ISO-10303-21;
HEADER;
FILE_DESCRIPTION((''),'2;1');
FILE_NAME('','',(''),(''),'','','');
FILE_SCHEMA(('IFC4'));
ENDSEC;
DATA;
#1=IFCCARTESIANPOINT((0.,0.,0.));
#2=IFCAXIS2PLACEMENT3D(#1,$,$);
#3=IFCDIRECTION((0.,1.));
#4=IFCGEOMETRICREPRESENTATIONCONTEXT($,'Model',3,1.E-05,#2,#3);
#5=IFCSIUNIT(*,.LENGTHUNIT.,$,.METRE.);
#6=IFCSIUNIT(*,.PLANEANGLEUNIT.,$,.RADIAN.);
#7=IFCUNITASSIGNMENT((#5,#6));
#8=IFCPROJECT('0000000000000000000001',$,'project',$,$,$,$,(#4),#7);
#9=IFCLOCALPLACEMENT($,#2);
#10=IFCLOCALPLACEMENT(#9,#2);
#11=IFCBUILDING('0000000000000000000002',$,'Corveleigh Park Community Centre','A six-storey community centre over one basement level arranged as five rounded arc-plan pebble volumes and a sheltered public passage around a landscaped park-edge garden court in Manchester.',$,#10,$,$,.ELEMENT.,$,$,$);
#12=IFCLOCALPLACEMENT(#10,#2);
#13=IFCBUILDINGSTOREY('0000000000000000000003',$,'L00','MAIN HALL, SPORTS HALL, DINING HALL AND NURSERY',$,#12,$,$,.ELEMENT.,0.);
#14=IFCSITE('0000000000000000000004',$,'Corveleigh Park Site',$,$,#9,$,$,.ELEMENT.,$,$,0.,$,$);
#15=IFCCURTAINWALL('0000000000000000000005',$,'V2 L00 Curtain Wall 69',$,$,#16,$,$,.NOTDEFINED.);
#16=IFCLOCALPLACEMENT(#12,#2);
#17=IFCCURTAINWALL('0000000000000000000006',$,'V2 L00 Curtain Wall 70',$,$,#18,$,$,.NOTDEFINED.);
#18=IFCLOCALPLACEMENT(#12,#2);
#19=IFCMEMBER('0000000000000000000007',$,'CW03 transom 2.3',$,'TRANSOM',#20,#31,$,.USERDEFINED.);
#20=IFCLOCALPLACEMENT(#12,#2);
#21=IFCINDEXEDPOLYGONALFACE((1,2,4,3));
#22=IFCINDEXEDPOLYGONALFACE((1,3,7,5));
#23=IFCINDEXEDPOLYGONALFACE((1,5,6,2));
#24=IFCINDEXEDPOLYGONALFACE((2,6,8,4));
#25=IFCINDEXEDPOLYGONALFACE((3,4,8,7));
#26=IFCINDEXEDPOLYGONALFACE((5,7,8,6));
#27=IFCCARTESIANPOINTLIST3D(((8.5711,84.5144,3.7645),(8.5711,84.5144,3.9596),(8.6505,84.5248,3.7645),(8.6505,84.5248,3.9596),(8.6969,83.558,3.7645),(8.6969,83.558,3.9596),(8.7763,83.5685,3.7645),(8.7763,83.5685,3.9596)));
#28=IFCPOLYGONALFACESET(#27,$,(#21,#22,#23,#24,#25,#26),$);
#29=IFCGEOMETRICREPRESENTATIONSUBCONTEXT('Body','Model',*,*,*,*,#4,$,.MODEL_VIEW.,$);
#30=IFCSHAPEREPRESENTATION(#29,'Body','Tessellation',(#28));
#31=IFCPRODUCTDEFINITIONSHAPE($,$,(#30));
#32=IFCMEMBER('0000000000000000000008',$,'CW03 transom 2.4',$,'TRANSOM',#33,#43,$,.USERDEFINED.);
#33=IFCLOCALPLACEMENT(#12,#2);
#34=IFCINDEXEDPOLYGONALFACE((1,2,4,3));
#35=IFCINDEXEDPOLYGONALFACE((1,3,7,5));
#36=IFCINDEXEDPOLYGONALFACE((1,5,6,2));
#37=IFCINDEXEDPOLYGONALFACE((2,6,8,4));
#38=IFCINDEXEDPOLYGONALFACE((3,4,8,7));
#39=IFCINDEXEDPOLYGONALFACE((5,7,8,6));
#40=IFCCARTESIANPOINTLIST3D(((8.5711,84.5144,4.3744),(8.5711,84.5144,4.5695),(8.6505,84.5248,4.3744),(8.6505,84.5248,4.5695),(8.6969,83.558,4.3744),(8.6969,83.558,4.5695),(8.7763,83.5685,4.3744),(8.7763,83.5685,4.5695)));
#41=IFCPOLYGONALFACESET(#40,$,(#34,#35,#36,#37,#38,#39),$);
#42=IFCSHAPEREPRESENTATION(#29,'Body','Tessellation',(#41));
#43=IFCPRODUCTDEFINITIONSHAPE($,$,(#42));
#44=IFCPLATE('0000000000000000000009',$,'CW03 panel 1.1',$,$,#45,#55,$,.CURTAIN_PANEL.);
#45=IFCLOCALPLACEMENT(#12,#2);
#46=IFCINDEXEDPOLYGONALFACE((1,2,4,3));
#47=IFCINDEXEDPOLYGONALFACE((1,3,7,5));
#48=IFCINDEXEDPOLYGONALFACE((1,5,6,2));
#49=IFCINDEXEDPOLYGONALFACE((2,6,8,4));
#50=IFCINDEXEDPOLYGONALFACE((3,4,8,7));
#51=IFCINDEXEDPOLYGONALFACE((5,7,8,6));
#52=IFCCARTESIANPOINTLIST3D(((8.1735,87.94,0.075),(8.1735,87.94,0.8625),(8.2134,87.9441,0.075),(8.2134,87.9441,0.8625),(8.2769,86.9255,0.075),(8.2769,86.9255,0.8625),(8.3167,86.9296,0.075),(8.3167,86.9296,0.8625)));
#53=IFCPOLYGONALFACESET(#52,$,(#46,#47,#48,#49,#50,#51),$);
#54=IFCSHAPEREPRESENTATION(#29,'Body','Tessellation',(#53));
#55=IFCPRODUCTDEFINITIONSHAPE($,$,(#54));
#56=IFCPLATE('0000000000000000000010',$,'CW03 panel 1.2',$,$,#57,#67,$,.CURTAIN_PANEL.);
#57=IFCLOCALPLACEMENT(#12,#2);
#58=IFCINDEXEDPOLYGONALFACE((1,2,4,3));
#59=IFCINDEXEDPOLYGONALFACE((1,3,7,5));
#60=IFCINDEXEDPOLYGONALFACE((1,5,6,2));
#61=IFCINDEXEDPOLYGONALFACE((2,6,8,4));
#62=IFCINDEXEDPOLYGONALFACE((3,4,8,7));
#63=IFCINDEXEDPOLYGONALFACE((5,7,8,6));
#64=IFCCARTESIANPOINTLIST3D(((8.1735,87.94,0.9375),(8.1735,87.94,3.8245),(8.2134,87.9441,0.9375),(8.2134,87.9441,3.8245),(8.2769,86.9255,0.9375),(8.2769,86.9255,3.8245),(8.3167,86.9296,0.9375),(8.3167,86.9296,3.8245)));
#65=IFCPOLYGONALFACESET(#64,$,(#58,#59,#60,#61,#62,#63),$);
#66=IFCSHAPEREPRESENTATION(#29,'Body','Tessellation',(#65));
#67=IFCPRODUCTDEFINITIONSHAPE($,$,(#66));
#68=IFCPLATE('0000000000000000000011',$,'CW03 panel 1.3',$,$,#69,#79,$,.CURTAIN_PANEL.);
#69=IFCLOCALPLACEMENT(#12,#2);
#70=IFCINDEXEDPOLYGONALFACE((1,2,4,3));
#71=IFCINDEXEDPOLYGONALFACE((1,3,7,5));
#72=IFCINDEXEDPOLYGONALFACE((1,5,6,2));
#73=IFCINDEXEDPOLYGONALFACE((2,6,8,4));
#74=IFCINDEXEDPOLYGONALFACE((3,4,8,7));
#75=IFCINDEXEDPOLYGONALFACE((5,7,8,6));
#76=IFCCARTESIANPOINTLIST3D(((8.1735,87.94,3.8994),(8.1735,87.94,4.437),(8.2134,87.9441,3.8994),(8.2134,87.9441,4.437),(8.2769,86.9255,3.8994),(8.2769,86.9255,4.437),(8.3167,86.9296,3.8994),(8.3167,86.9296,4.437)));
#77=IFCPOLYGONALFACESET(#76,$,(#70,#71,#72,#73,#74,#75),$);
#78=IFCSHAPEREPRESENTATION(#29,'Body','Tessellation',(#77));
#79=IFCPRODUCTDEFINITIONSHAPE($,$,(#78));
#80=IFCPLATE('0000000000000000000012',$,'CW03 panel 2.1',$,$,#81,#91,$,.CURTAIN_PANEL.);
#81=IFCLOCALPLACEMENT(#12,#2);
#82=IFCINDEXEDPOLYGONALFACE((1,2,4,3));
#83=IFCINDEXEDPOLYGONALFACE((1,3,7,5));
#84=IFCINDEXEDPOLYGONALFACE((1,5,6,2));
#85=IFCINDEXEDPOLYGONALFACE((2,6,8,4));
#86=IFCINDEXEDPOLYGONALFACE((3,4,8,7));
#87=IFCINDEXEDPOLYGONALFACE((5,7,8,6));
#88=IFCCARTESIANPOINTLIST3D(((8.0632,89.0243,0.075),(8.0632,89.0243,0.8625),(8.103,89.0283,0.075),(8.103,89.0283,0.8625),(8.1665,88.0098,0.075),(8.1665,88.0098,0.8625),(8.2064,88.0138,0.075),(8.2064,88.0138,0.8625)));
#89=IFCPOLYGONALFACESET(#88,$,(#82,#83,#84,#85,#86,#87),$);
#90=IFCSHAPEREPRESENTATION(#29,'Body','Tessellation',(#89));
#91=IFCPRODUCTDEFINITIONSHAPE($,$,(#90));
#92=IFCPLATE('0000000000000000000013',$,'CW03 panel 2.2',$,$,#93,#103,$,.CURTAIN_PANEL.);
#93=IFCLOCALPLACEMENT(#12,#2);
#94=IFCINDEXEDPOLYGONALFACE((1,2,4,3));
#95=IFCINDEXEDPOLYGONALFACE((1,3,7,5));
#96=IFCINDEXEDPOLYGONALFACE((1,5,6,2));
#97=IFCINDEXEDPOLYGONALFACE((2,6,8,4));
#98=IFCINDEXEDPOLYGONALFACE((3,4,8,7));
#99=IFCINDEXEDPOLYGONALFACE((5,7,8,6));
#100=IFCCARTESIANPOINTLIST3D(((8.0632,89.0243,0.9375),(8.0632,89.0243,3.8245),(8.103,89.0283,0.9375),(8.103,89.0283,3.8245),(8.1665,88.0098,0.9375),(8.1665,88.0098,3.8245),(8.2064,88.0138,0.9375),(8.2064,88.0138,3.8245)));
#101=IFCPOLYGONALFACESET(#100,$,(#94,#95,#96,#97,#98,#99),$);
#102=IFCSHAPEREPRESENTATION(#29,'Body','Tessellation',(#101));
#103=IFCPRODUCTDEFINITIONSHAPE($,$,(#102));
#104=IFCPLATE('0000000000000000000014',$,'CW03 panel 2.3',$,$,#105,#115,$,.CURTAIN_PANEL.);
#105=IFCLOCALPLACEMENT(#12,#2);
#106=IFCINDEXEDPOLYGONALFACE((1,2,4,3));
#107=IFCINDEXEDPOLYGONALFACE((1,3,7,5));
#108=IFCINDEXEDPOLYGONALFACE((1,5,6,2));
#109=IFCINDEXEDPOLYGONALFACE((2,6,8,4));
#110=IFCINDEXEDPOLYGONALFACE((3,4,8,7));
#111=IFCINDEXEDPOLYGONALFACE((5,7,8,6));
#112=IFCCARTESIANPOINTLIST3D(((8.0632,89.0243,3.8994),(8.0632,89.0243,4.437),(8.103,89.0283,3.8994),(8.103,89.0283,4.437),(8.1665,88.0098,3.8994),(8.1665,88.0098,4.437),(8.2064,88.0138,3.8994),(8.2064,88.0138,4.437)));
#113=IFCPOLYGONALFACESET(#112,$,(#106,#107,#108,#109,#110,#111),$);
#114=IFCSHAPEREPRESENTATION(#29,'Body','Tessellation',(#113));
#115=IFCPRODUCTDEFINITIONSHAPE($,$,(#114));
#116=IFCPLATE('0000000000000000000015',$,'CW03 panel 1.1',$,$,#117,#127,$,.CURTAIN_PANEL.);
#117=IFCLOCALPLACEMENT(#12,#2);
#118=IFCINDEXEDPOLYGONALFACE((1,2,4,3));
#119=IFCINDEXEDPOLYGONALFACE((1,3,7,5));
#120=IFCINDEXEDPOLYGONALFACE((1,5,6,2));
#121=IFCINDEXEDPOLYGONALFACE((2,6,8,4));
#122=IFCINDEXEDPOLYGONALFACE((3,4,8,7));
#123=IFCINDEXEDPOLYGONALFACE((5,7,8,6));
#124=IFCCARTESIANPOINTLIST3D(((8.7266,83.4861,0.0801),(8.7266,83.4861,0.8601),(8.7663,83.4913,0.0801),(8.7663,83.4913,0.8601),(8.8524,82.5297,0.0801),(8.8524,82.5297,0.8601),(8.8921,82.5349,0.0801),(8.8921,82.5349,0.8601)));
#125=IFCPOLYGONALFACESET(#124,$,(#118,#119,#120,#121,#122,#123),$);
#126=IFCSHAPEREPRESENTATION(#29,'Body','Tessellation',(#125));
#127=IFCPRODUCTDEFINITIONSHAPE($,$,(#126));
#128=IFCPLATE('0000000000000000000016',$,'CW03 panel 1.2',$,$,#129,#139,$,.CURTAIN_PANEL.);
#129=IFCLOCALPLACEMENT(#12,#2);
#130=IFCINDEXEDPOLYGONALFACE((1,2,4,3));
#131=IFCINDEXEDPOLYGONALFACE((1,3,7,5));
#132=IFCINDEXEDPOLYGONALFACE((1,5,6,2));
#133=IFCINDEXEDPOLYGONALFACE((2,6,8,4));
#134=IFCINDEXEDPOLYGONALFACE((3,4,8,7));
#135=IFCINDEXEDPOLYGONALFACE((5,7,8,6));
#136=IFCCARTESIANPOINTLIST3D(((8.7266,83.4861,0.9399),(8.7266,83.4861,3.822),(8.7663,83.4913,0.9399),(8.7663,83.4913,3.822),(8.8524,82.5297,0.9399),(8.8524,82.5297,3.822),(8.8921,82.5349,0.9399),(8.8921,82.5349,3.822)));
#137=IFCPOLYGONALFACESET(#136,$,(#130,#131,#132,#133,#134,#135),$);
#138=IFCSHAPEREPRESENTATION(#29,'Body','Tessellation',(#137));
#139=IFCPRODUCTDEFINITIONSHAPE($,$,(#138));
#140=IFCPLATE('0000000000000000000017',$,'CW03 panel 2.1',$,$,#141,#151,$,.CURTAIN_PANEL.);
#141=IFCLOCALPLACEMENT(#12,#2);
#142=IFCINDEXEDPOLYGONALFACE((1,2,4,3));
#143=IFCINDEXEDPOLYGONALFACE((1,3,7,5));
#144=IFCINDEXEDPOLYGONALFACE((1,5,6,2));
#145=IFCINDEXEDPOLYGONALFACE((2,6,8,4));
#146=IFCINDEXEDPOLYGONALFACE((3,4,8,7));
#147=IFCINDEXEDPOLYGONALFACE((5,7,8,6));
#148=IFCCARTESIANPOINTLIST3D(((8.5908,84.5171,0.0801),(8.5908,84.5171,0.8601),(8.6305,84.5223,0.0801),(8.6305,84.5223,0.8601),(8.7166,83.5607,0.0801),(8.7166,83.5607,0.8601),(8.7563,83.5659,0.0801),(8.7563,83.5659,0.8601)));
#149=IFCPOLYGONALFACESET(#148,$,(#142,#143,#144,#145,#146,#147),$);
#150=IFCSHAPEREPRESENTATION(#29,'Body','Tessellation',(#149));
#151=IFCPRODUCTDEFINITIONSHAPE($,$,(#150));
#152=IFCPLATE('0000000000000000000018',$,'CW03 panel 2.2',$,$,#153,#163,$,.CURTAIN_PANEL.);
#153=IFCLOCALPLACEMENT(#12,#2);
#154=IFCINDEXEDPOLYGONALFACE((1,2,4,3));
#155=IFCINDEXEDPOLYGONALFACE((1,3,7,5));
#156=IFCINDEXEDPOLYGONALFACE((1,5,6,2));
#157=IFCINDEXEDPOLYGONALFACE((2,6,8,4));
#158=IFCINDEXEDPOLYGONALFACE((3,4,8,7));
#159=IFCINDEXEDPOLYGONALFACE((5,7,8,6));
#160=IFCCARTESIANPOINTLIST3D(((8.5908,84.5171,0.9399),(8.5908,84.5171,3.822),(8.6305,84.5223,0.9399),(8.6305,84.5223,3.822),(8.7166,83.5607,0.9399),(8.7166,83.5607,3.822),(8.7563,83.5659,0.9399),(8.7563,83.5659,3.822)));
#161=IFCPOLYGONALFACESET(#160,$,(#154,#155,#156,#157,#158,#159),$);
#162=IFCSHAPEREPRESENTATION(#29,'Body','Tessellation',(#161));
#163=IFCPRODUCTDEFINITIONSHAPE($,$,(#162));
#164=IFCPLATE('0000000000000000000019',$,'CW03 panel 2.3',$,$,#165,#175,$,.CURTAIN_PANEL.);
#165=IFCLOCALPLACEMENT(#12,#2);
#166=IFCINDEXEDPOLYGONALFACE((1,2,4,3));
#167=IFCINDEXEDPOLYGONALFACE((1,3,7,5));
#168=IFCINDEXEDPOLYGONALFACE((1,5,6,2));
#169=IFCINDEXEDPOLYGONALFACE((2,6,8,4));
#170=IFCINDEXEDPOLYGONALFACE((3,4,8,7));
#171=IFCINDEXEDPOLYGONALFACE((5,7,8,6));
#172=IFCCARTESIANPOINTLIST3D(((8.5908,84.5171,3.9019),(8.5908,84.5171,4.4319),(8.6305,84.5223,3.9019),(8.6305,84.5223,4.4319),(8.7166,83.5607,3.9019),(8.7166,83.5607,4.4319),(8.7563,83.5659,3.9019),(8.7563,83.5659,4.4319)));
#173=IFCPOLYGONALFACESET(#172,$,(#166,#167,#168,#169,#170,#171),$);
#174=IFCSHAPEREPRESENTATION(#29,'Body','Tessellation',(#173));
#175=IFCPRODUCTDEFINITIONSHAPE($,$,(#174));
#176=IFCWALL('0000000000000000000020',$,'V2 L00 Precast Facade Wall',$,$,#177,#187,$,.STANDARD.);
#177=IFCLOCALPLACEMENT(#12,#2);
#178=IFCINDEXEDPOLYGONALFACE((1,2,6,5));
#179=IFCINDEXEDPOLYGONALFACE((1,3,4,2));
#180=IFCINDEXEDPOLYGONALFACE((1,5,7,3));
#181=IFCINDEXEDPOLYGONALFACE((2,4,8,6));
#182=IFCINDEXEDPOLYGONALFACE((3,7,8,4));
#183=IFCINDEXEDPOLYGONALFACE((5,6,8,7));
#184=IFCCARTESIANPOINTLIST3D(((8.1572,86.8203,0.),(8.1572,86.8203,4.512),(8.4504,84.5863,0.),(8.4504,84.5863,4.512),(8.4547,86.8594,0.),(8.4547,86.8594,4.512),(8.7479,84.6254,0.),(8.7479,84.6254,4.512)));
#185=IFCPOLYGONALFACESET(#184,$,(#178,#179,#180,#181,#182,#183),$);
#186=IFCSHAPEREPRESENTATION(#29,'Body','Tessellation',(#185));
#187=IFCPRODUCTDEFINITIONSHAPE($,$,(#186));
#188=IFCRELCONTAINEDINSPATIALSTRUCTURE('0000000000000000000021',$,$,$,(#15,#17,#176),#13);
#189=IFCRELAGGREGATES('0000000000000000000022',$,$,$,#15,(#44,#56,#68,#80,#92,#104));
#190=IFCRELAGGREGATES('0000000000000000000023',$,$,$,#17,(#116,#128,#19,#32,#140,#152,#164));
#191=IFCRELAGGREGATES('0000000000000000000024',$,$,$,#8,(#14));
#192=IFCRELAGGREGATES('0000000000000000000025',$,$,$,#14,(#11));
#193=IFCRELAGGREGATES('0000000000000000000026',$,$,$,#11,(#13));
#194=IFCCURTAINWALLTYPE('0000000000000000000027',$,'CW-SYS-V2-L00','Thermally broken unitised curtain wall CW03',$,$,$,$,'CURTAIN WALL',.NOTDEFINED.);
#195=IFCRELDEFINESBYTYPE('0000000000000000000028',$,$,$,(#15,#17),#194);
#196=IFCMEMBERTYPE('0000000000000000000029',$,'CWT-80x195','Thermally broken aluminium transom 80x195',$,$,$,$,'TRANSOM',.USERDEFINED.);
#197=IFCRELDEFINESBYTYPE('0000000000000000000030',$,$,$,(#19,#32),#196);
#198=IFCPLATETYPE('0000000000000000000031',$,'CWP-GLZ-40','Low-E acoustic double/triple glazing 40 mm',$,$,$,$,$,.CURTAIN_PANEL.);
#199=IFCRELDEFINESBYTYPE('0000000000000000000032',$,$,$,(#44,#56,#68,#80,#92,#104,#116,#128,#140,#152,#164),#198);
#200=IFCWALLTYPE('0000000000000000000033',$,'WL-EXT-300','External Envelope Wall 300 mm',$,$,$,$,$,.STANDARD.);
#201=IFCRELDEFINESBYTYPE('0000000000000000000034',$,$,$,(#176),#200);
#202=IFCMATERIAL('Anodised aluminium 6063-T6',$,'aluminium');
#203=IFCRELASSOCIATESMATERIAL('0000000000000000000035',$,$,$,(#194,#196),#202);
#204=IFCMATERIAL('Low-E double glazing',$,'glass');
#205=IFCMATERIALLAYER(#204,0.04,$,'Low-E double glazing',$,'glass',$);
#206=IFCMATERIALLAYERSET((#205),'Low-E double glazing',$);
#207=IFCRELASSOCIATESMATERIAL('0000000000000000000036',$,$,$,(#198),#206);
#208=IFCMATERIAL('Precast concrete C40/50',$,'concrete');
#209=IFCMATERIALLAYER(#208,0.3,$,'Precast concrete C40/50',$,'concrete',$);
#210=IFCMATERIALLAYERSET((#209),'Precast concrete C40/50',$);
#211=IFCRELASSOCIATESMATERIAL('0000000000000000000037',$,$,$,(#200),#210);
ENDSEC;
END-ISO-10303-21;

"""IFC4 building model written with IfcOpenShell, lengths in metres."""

from ifc_helpers import new_model, si_unit, direction, frame, frame_2d, origin, origin_2d, place, context, subcontext, project, spatial, rectangle, extrude, material, layer, layer_set, material_profile, profile_set, type_object, element, aggregate, save


model = new_model("IFC4")

# Units and contexts
model_context = context("Model", 3, precision=1e-05, world=origin(), true_north=direction((0.0, 1.0)))
body_context = subcontext(model_context, "Body", "Model", "MODEL_VIEW")
ifc_project = project(units=[si_unit("LENGTHUNIT", "METRE"), si_unit("PLANEANGLEUNIT", "RADIAN")], contexts=[model_context])

# Site, building, storey
site_placement = place(None, origin())
site = spatial("IfcSite", under=ifc_project, at=site_placement, Name="Corveleigh Park Site", CompositionType="ELEMENT", RefElevation=0.0)
building_placement = place(site_placement, origin())
building = spatial("IfcBuilding", under=site, at=building_placement, Name="Corveleigh Park Community Centre", Description="A six-storey community centre over one basement level arranged as five rounded arc-plan pebble volumes and a sheltered public passage around a landscaped park-edge garden court in Manchester.", CompositionType="ELEMENT")
storey_placement = place(building_placement, origin())
storey = spatial("IfcBuildingStorey", under=building, at=storey_placement, Name="L00", Description="MAIN HALL, SPORTS HALL, DINING HALL AND NURSERY", CompositionType="ELEMENT", Elevation=0.0)

# Curtain walls
ifc_material_1 = material(Name="Anodised aluminium 6063-T6", Category="aluminium")
curtain_wall_type = type_object("IfcCurtainWallType", Name="CW-SYS-V2-L00", Description="Thermally broken unitised curtain wall CW03", ElementType="CURTAIN WALL", PredefinedType="NOTDEFINED", material=ifc_material_1)
curtain_wall_1_placement = place(storey_placement, origin())
curtain_wall_1 = element("IfcCurtainWall", 1, at=curtain_wall_1_placement, inside=storey, type_object=curtain_wall_type, Name="V2 L00 Curtain Wall 69", PredefinedType="NOTDEFINED")
curtain_wall_2_placement = place(storey_placement, origin())
curtain_wall_2 = element("IfcCurtainWall", 2, at=curtain_wall_2_placement, inside=storey, type_object=curtain_wall_type, Name="V2 L00 Curtain Wall 70", PredefinedType="NOTDEFINED")

# Members
ifc_material_profile_1 = material_profile(ifc_material_1, rectangle(XDim=0.0801, YDim=0.1951, at=origin_2d()), Name="ALU-T80x195", Category="aluminium")
ifc_profile_set_1 = profile_set([ifc_material_profile_1], Name="Anodised aluminium 6063-T6")
member_type_1 = type_object("IfcMemberType", Name="CWT-80x195", Description="Thermally broken aluminium transom 80x195", ElementType="TRANSOM", PredefinedType="USERDEFINED", material=ifc_profile_set_1)
member_1_placement = place(storey_placement, frame((8.7366, 83.5632, 3.8621), z_axis=(-0.130356, 0.991467, 0.0), x_axis=(-0.991467, -0.130356, 0.0)))
member_1 = element("IfcMember", 3, at=member_1_placement, type_object=member_type_1, Name="CW03 transom 2.3", ObjectType="TRANSOM", PredefinedType="USERDEFINED", context=body_context, shape_type="SweptSolid", body=[
    extrude(rectangle(XDim=0.0801, YDim=0.1951, at=origin_2d()), origin(), (0.0, 0.0, 1.0), 0.9646),
])
member_2_placement = place(storey_placement, frame((8.7366, 83.5632, 4.4719), z_axis=(-0.130356, 0.991467, 0.0), x_axis=(-0.991467, -0.130356, 0.0)))
member_2 = element("IfcMember", 4, at=member_2_placement, type_object=member_type_1, Name="CW03 transom 2.4", ObjectType="TRANSOM", PredefinedType="USERDEFINED", context=body_context, shape_type="SweptSolid", body=[
    extrude(rectangle(XDim=0.0801, YDim=0.1951, at=origin_2d()), origin(), (0.0, 0.0, 1.0), 0.9646),
])

# Plates
ifc_material_2 = material(Name="Low-E double glazing", Category="glass")
ifc_layer_1 = layer(ifc_material_2, 0.04, Name="Low-E double glazing", Category="glass")
ifc_layer_set_1 = layer_set([ifc_layer_1], Name="Low-E double glazing")
plate_type = type_object("IfcPlateType", Name="CWP-GLZ-40", Description="Low-E acoustic double/triple glazing 40 mm", PredefinedType="CURTAIN_PANEL", material=ifc_layer_set_1)
plate_1_placement = place(storey_placement, frame((8.2451, 87.4348, 0.075), z_axis=(0.0, 0.0, 1.0), x_axis=(-0.101352, 0.994851, 0.0)))
plate_1 = element("IfcPlate", 5, at=plate_1_placement, type_object=plate_type, Name="CW03 panel 1.1", PredefinedType="CURTAIN_PANEL", context=body_context, shape_type="SweptSolid", body=[
    extrude(rectangle(XDim=1.0198, YDim=0.04, at=origin_2d()), origin(), (0.0, 0.0, 1.0), 0.7876),
])
plate_2_placement = place(storey_placement, frame((8.2451, 87.4348, 0.9375), z_axis=(0.0, 0.0, 1.0), x_axis=(-0.101352, 0.994851, 0.0)))
plate_2 = element("IfcPlate", 6, at=plate_2_placement, type_object=plate_type, Name="CW03 panel 1.2", PredefinedType="CURTAIN_PANEL", context=body_context, shape_type="SweptSolid", body=[
    extrude(rectangle(XDim=1.0198, YDim=0.04, at=origin_2d()), origin(), (0.0, 0.0, 1.0), 2.887),
])
plate_3_placement = place(storey_placement, frame((8.2451, 87.4348, 3.8994), z_axis=(0.0, 0.0, 1.0), x_axis=(-0.101352, 0.994851, 0.0)))
plate_3 = element("IfcPlate", 7, at=plate_3_placement, type_object=plate_type, Name="CW03 panel 1.3", PredefinedType="CURTAIN_PANEL", context=body_context, shape_type="SweptSolid", body=[
    extrude(rectangle(XDim=1.0198, YDim=0.04, at=origin_2d()), origin(), (0.0, 0.0, 1.0), 0.5376),
])
plate_4_placement = place(storey_placement, frame((8.1348, 88.519, 0.075), z_axis=(0.0, 0.0, 1.0), x_axis=(-0.101352, 0.994851, 0.0)))
plate_4 = element("IfcPlate", 8, at=plate_4_placement, type_object=plate_type, Name="CW03 panel 2.1", PredefinedType="CURTAIN_PANEL", context=body_context, shape_type="SweptSolid", body=[
    extrude(rectangle(XDim=1.0198, YDim=0.04, at=origin_2d()), origin(), (0.0, 0.0, 1.0), 0.7876),
])
plate_5_placement = place(storey_placement, frame((8.1348, 88.519, 0.9375), z_axis=(0.0, 0.0, 1.0), x_axis=(-0.101352, 0.994851, 0.0)))
plate_5 = element("IfcPlate", 9, at=plate_5_placement, type_object=plate_type, Name="CW03 panel 2.2", PredefinedType="CURTAIN_PANEL", context=body_context, shape_type="SweptSolid", body=[
    extrude(rectangle(XDim=1.0198, YDim=0.04, at=origin_2d()), origin(), (0.0, 0.0, 1.0), 2.887),
])
plate_6_placement = place(storey_placement, frame((8.1348, 88.519, 3.8994), z_axis=(0.0, 0.0, 1.0), x_axis=(-0.101352, 0.994851, 0.0)))
plate_6 = element("IfcPlate", 10, at=plate_6_placement, type_object=plate_type, Name="CW03 panel 2.3", PredefinedType="CURTAIN_PANEL", context=body_context, shape_type="SweptSolid", body=[
    extrude(rectangle(XDim=1.0198, YDim=0.04, at=origin_2d()), origin(), (0.0, 0.0, 1.0), 0.5376),
])
aggregate(curtain_wall_1, [plate_1, plate_2, plate_3, plate_4, plate_5, plate_6])
plate_7_placement = place(storey_placement, frame((8.8093, 83.0105, 0.0801), z_axis=(0.0, 0.0, 1.0), x_axis=(-0.13043, 0.991457, 0.0)))
plate_7 = element("IfcPlate", 11, at=plate_7_placement, type_object=plate_type, Name="CW03 panel 1.1", PredefinedType="CURTAIN_PANEL", context=body_context, shape_type="SweptSolid", body=[
    extrude(rectangle(XDim=0.9646, YDim=0.04, at=origin_2d()), origin(), (0.0, 0.0, 1.0), 0.78),
])
plate_8_placement = place(storey_placement, frame((8.8093, 83.0105, 0.9399), z_axis=(0.0, 0.0, 1.0), x_axis=(-0.13043, 0.991457, 0.0)))
plate_8 = element("IfcPlate", 12, at=plate_8_placement, type_object=plate_type, Name="CW03 panel 1.2", PredefinedType="CURTAIN_PANEL", context=body_context, shape_type="SweptSolid", body=[
    extrude(rectangle(XDim=0.9646, YDim=0.04, at=origin_2d()), origin(), (0.0, 0.0, 1.0), 2.8821),
])
plate_9_placement = place(storey_placement, frame((8.6736, 84.0415, 0.0801), z_axis=(0.0, 0.0, 1.0), x_axis=(-0.13043, 0.991457, 0.0)))
plate_9 = element("IfcPlate", 13, at=plate_9_placement, type_object=plate_type, Name="CW03 panel 2.1", PredefinedType="CURTAIN_PANEL", context=body_context, shape_type="SweptSolid", body=[
    extrude(rectangle(XDim=0.9646, YDim=0.04, at=origin_2d()), origin(), (0.0, 0.0, 1.0), 0.78),
])
plate_10_placement = place(storey_placement, frame((8.6736, 84.0415, 0.9399), z_axis=(0.0, 0.0, 1.0), x_axis=(-0.13043, 0.991457, 0.0)))
plate_10 = element("IfcPlate", 14, at=plate_10_placement, type_object=plate_type, Name="CW03 panel 2.2", PredefinedType="CURTAIN_PANEL", context=body_context, shape_type="SweptSolid", body=[
    extrude(rectangle(XDim=0.9646, YDim=0.04, at=origin_2d()), origin(), (0.0, 0.0, 1.0), 2.8821),
])
plate_11_placement = place(storey_placement, frame((8.6736, 84.0415, 3.9019), z_axis=(0.0, 0.0, 1.0), x_axis=(-0.13043, 0.991457, 0.0)))
plate_11 = element("IfcPlate", 15, at=plate_11_placement, type_object=plate_type, Name="CW03 panel 2.3", PredefinedType="CURTAIN_PANEL", context=body_context, shape_type="SweptSolid", body=[
    extrude(rectangle(XDim=0.9646, YDim=0.04, at=origin_2d()), origin(), (0.0, 0.0, 1.0), 0.53),
])
aggregate(curtain_wall_2, [plate_7, plate_8, member_1, member_2, plate_9, plate_10, plate_11])

# Wall
ifc_material_3 = material(Name="Precast concrete C40/50", Category="concrete")
ifc_layer_2 = layer(ifc_material_3, 0.3, Name="Precast concrete C40/50", Category="concrete")
ifc_layer_set_2 = layer_set([ifc_layer_2], Name="Precast concrete C40/50")
wall_type = type_object("IfcWallType", Name="WL-EXT-300", Description="External Envelope Wall 300 mm", PredefinedType="STANDARD", material=ifc_layer_set_2)
wall_placement = place(storey_placement, frame((8.5991, 84.606, 0.0), z_axis=(0.0, 0.0, 1.0), x_axis=(-0.130127, 0.991497, 0.0)))
element("IfcWall", 16, at=wall_placement, inside=storey, type_object=wall_type, Name="V2 L00 Precast Facade Wall", PredefinedType="STANDARD", context=body_context, shape_type="SweptSolid", body=[
    extrude(rectangle(XDim=2.2532, YDim=0.3, at=frame_2d((1.1265, 0.0))), origin(), (0.0, 0.0, 1.0), 4.512),
])

save(model, "model.ifc")
